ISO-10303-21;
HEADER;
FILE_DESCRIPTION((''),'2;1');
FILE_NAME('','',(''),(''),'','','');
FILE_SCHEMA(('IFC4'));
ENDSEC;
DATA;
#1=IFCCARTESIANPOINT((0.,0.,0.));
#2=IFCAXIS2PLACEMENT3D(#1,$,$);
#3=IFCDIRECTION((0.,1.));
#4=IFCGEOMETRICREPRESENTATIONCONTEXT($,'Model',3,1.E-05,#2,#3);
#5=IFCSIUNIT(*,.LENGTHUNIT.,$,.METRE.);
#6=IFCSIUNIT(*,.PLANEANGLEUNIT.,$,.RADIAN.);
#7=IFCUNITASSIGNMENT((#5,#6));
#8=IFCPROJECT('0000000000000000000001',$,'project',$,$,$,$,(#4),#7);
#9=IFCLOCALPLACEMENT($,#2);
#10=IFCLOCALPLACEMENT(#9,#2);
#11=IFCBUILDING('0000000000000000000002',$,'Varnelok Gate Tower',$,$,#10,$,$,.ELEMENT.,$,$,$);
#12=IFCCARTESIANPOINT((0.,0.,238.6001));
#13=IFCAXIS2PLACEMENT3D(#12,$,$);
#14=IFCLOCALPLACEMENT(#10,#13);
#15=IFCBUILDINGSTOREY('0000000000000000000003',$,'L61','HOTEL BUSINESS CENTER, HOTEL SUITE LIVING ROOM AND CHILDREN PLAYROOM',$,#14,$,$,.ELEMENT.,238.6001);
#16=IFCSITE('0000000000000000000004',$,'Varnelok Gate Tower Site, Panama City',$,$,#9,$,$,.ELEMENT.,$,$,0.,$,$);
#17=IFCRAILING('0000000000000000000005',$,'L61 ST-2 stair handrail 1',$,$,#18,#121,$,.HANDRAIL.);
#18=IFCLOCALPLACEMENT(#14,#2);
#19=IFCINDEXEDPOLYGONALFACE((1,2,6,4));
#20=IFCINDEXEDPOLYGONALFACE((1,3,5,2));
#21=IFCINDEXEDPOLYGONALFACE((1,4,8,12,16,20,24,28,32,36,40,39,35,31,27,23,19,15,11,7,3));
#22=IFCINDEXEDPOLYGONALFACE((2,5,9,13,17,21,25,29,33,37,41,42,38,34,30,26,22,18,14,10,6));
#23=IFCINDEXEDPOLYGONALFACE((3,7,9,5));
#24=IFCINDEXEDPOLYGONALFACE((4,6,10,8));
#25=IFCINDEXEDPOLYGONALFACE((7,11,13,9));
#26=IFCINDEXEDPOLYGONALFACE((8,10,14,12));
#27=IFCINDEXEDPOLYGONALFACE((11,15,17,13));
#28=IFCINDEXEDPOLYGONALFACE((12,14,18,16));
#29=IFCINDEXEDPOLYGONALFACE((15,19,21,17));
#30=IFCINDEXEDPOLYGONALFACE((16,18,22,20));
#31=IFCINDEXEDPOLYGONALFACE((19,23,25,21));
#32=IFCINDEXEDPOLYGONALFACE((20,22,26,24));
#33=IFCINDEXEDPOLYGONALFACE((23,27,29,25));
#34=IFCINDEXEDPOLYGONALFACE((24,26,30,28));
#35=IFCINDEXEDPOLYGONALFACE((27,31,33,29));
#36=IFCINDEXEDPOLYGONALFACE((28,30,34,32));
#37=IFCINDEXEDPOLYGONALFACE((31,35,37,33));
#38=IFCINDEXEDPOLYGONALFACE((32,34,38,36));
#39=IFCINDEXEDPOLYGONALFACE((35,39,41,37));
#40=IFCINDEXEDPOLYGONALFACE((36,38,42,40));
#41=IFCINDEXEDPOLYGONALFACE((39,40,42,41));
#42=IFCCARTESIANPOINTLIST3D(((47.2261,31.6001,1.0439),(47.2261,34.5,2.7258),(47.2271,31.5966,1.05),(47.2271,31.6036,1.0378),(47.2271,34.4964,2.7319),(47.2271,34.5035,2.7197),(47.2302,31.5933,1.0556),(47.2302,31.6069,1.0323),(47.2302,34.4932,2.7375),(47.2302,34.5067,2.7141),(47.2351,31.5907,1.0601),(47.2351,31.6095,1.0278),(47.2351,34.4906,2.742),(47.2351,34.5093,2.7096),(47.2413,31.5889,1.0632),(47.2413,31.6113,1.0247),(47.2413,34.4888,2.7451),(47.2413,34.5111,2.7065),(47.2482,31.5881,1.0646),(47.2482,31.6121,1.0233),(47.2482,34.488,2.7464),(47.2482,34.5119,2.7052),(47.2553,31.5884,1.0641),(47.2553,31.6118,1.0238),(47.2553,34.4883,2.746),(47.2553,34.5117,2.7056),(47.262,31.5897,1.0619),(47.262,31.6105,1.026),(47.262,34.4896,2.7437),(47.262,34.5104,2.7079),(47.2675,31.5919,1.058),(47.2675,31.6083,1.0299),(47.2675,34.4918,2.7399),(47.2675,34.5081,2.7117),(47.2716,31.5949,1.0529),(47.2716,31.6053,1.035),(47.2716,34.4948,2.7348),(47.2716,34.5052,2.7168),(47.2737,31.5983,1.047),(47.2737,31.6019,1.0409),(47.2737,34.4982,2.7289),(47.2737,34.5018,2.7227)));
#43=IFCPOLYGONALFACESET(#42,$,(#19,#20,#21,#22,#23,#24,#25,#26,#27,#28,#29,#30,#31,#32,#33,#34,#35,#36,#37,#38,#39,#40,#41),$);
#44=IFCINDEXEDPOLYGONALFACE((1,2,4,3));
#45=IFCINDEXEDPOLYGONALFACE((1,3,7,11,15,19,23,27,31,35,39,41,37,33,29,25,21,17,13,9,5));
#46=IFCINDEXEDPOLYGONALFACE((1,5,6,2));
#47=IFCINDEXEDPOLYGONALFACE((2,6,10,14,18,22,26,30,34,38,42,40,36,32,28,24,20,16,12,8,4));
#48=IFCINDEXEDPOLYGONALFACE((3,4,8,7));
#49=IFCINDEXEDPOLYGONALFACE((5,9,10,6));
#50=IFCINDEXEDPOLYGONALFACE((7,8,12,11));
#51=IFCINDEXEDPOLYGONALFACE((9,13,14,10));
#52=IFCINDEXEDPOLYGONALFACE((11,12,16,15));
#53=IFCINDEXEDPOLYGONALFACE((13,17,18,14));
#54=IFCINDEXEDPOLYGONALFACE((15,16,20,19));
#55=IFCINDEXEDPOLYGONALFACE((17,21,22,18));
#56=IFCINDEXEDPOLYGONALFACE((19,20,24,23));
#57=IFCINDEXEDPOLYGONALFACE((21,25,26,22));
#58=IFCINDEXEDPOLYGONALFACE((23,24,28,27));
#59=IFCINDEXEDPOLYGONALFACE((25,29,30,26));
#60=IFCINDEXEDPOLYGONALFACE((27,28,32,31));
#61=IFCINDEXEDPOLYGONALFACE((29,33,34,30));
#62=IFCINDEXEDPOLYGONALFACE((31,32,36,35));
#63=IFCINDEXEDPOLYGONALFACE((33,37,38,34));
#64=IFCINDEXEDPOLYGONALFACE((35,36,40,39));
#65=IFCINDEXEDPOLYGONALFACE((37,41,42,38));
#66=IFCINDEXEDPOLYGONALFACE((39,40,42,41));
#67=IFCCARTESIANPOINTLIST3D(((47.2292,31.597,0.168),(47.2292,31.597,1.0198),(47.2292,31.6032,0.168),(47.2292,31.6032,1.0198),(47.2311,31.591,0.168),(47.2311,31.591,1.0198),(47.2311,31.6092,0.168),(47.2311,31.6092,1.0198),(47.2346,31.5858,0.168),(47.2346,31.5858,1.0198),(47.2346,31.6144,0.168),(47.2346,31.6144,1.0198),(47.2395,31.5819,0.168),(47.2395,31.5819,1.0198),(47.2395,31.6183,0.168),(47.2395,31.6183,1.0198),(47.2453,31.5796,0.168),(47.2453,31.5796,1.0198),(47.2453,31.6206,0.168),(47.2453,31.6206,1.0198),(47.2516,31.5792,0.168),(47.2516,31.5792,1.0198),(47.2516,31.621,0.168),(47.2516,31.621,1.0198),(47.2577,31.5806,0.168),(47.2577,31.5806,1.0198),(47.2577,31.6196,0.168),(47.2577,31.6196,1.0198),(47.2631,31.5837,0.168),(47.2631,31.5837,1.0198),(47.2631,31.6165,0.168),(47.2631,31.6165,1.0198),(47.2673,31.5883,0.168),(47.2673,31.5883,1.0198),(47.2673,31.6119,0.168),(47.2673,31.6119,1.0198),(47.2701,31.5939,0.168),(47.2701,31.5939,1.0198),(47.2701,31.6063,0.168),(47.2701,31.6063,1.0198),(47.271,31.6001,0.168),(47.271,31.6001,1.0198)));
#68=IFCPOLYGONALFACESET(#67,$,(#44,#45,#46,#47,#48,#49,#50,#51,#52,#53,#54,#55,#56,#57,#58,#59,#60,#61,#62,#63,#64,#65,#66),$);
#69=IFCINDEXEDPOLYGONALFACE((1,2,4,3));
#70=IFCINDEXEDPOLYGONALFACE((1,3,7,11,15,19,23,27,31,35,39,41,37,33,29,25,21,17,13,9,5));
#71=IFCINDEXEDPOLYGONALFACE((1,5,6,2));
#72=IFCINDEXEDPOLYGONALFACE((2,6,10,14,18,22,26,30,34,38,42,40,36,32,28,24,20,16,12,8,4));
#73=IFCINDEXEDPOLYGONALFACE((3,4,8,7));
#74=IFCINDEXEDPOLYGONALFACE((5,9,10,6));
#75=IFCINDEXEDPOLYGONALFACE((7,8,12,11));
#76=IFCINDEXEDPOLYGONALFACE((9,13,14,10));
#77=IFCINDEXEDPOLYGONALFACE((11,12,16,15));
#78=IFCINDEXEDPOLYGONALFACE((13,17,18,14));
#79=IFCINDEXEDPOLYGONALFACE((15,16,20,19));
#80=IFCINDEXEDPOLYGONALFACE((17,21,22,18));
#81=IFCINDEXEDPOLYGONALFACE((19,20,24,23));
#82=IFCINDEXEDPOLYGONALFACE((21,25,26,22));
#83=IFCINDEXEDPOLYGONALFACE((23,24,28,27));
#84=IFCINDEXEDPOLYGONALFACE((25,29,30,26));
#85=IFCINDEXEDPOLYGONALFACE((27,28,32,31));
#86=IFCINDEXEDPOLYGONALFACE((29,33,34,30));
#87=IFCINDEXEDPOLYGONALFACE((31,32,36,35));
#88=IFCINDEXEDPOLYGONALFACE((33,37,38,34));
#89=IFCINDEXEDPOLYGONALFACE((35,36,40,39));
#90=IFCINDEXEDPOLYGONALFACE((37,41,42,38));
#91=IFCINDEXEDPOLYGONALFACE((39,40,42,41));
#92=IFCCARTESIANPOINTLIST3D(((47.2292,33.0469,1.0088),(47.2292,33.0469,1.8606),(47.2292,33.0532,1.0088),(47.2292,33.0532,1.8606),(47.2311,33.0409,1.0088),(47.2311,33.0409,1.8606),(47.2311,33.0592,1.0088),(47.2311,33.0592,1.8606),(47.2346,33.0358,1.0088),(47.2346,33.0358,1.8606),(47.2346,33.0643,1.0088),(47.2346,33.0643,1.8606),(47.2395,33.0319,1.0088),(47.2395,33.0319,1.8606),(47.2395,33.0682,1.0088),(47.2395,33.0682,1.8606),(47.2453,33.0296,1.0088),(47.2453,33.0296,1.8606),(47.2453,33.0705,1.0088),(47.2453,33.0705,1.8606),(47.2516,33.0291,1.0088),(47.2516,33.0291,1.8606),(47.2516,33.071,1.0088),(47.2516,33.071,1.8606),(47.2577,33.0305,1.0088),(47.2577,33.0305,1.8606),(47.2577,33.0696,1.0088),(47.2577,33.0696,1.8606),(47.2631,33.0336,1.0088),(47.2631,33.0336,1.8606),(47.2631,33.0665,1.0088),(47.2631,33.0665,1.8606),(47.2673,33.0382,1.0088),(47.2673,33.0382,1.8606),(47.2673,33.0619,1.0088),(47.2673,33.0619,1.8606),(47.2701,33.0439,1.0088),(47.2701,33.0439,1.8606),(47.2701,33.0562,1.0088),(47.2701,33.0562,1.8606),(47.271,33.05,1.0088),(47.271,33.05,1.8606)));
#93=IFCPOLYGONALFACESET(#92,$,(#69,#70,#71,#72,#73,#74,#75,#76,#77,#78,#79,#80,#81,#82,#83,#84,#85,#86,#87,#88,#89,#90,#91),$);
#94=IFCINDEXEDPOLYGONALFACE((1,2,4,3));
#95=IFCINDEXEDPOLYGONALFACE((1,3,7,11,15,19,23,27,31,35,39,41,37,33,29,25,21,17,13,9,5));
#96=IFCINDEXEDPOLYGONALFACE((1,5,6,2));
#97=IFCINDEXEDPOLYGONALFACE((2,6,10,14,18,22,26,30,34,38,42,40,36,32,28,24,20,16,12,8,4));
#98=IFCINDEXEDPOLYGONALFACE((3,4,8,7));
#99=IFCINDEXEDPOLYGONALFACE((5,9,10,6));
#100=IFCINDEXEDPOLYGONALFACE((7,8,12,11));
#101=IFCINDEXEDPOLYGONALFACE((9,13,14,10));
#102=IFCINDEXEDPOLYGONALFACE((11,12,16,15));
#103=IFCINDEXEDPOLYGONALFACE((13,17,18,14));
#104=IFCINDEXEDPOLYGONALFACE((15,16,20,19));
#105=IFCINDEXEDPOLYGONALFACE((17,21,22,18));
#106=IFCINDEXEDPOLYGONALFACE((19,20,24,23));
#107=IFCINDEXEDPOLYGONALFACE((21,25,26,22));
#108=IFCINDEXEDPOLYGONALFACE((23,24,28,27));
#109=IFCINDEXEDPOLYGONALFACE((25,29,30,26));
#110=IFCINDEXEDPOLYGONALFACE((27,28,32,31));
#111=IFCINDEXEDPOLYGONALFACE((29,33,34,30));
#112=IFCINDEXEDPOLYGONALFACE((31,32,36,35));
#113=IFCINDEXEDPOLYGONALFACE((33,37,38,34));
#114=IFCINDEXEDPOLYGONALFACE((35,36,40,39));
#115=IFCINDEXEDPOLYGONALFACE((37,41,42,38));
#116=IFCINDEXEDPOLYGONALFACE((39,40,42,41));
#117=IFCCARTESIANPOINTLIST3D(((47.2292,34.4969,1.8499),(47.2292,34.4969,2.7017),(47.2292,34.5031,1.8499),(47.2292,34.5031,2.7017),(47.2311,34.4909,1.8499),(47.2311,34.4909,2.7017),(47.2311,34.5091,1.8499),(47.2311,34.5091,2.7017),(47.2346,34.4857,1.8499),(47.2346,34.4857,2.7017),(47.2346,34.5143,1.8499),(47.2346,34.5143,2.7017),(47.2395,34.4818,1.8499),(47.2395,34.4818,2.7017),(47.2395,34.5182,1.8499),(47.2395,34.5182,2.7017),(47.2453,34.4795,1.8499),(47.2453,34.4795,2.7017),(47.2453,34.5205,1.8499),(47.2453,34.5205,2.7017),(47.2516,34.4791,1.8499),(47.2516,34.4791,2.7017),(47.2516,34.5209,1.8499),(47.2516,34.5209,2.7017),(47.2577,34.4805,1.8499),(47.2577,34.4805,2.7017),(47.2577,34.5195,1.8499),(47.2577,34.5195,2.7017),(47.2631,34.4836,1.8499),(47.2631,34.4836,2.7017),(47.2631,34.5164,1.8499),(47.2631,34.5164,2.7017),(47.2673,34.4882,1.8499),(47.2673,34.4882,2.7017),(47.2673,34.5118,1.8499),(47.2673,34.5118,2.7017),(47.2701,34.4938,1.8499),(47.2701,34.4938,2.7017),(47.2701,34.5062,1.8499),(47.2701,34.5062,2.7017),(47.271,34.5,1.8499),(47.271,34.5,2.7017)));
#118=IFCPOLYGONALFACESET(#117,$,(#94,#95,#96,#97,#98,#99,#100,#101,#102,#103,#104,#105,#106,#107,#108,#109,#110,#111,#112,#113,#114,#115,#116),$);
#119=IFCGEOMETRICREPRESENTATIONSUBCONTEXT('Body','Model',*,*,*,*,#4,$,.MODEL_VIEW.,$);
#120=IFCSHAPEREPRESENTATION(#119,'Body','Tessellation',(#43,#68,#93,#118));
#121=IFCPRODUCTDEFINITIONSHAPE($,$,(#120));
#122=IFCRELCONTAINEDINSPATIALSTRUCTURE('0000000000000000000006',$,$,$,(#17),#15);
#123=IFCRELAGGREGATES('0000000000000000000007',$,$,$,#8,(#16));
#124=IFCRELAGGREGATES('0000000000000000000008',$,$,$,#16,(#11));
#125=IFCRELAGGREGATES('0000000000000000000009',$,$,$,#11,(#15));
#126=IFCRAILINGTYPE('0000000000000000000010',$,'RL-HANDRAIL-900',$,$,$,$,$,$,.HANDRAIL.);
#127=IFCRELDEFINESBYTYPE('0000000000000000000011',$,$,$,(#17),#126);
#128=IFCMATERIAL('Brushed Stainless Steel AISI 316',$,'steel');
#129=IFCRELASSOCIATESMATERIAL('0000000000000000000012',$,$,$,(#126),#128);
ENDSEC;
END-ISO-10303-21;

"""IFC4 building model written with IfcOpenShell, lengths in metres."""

from ifc_helpers import new_model, si_unit, direction, frame, origin, origin_2d, place, context, subcontext, project, spatial, circle, extrude, material, type_object, element, save


model = new_model("IFC4")

# Units and contexts
model_context = context("Model", 3, precision=1e-05, world=origin(), true_north=direction((0.0, 1.0)))
body_context = subcontext(model_context, "Body", "Model", "MODEL_VIEW")
ifc_project = project(units=[si_unit("LENGTHUNIT", "METRE"), si_unit("PLANEANGLEUNIT", "RADIAN")], contexts=[model_context])

# Site, building, storey
site_placement = place(None, origin())
site = spatial("IfcSite", under=ifc_project, at=site_placement, Name="Varnelok Gate Tower Site, Panama City", CompositionType="ELEMENT", RefElevation=0.0)
building_placement = place(site_placement, origin())
building = spatial("IfcBuilding", under=site, at=building_placement, Name="Varnelok Gate Tower", CompositionType="ELEMENT")
storey_placement = place(building_placement, frame((0.0, 0.0, 238.6001)))
storey = spatial("IfcBuildingStorey", under=building, at=storey_placement, Name="L61", Description="HOTEL BUSINESS CENTER, HOTEL SUITE LIVING ROOM AND CHILDREN PLAYROOM", CompositionType="ELEMENT", Elevation=238.6001)

# Railing
ifc_material_1 = material(Name="Brushed Stainless Steel AISI 316", Category="steel")
railing_type_1 = type_object("IfcRailingType", Name="RL-HANDRAIL-900", PredefinedType="HANDRAIL", material=ifc_material_1)
railing_1_placement = place(storey_placement, frame((47.25, 31.6001, 0.168)))
element("IfcRailing", 1, at=railing_1_placement, inside=storey, type_object=railing_type_1, Name="L61 ST-2 stair handrail 1", PredefinedType="HANDRAIL", context=body_context, shape_type="SweptSolid", body=[
    extrude(circle(Radius=0.0239, at=origin_2d()), frame((0.0, 0.0, 0.876), z_axis=(0.0, 0.865039, 0.501705), x_axis=(-1.0, 0.0, 0.0)), (0.0, 0.0, 1.0), 3.3523),
    extrude(circle(Radius=0.021, at=origin_2d()), origin(), (0.0, 0.0, 1.0), 0.8518),
    extrude(circle(Radius=0.021, at=origin_2d()), frame((0.0, 1.45, 0.8408)), (0.0, 0.0, 1.0), 0.8518),
    extrude(circle(Radius=0.021, at=origin_2d()), frame((0.0, 2.8999, 1.6819)), (0.0, 0.0, 1.0), 0.8518),
])

save(model, "model.ifc")
